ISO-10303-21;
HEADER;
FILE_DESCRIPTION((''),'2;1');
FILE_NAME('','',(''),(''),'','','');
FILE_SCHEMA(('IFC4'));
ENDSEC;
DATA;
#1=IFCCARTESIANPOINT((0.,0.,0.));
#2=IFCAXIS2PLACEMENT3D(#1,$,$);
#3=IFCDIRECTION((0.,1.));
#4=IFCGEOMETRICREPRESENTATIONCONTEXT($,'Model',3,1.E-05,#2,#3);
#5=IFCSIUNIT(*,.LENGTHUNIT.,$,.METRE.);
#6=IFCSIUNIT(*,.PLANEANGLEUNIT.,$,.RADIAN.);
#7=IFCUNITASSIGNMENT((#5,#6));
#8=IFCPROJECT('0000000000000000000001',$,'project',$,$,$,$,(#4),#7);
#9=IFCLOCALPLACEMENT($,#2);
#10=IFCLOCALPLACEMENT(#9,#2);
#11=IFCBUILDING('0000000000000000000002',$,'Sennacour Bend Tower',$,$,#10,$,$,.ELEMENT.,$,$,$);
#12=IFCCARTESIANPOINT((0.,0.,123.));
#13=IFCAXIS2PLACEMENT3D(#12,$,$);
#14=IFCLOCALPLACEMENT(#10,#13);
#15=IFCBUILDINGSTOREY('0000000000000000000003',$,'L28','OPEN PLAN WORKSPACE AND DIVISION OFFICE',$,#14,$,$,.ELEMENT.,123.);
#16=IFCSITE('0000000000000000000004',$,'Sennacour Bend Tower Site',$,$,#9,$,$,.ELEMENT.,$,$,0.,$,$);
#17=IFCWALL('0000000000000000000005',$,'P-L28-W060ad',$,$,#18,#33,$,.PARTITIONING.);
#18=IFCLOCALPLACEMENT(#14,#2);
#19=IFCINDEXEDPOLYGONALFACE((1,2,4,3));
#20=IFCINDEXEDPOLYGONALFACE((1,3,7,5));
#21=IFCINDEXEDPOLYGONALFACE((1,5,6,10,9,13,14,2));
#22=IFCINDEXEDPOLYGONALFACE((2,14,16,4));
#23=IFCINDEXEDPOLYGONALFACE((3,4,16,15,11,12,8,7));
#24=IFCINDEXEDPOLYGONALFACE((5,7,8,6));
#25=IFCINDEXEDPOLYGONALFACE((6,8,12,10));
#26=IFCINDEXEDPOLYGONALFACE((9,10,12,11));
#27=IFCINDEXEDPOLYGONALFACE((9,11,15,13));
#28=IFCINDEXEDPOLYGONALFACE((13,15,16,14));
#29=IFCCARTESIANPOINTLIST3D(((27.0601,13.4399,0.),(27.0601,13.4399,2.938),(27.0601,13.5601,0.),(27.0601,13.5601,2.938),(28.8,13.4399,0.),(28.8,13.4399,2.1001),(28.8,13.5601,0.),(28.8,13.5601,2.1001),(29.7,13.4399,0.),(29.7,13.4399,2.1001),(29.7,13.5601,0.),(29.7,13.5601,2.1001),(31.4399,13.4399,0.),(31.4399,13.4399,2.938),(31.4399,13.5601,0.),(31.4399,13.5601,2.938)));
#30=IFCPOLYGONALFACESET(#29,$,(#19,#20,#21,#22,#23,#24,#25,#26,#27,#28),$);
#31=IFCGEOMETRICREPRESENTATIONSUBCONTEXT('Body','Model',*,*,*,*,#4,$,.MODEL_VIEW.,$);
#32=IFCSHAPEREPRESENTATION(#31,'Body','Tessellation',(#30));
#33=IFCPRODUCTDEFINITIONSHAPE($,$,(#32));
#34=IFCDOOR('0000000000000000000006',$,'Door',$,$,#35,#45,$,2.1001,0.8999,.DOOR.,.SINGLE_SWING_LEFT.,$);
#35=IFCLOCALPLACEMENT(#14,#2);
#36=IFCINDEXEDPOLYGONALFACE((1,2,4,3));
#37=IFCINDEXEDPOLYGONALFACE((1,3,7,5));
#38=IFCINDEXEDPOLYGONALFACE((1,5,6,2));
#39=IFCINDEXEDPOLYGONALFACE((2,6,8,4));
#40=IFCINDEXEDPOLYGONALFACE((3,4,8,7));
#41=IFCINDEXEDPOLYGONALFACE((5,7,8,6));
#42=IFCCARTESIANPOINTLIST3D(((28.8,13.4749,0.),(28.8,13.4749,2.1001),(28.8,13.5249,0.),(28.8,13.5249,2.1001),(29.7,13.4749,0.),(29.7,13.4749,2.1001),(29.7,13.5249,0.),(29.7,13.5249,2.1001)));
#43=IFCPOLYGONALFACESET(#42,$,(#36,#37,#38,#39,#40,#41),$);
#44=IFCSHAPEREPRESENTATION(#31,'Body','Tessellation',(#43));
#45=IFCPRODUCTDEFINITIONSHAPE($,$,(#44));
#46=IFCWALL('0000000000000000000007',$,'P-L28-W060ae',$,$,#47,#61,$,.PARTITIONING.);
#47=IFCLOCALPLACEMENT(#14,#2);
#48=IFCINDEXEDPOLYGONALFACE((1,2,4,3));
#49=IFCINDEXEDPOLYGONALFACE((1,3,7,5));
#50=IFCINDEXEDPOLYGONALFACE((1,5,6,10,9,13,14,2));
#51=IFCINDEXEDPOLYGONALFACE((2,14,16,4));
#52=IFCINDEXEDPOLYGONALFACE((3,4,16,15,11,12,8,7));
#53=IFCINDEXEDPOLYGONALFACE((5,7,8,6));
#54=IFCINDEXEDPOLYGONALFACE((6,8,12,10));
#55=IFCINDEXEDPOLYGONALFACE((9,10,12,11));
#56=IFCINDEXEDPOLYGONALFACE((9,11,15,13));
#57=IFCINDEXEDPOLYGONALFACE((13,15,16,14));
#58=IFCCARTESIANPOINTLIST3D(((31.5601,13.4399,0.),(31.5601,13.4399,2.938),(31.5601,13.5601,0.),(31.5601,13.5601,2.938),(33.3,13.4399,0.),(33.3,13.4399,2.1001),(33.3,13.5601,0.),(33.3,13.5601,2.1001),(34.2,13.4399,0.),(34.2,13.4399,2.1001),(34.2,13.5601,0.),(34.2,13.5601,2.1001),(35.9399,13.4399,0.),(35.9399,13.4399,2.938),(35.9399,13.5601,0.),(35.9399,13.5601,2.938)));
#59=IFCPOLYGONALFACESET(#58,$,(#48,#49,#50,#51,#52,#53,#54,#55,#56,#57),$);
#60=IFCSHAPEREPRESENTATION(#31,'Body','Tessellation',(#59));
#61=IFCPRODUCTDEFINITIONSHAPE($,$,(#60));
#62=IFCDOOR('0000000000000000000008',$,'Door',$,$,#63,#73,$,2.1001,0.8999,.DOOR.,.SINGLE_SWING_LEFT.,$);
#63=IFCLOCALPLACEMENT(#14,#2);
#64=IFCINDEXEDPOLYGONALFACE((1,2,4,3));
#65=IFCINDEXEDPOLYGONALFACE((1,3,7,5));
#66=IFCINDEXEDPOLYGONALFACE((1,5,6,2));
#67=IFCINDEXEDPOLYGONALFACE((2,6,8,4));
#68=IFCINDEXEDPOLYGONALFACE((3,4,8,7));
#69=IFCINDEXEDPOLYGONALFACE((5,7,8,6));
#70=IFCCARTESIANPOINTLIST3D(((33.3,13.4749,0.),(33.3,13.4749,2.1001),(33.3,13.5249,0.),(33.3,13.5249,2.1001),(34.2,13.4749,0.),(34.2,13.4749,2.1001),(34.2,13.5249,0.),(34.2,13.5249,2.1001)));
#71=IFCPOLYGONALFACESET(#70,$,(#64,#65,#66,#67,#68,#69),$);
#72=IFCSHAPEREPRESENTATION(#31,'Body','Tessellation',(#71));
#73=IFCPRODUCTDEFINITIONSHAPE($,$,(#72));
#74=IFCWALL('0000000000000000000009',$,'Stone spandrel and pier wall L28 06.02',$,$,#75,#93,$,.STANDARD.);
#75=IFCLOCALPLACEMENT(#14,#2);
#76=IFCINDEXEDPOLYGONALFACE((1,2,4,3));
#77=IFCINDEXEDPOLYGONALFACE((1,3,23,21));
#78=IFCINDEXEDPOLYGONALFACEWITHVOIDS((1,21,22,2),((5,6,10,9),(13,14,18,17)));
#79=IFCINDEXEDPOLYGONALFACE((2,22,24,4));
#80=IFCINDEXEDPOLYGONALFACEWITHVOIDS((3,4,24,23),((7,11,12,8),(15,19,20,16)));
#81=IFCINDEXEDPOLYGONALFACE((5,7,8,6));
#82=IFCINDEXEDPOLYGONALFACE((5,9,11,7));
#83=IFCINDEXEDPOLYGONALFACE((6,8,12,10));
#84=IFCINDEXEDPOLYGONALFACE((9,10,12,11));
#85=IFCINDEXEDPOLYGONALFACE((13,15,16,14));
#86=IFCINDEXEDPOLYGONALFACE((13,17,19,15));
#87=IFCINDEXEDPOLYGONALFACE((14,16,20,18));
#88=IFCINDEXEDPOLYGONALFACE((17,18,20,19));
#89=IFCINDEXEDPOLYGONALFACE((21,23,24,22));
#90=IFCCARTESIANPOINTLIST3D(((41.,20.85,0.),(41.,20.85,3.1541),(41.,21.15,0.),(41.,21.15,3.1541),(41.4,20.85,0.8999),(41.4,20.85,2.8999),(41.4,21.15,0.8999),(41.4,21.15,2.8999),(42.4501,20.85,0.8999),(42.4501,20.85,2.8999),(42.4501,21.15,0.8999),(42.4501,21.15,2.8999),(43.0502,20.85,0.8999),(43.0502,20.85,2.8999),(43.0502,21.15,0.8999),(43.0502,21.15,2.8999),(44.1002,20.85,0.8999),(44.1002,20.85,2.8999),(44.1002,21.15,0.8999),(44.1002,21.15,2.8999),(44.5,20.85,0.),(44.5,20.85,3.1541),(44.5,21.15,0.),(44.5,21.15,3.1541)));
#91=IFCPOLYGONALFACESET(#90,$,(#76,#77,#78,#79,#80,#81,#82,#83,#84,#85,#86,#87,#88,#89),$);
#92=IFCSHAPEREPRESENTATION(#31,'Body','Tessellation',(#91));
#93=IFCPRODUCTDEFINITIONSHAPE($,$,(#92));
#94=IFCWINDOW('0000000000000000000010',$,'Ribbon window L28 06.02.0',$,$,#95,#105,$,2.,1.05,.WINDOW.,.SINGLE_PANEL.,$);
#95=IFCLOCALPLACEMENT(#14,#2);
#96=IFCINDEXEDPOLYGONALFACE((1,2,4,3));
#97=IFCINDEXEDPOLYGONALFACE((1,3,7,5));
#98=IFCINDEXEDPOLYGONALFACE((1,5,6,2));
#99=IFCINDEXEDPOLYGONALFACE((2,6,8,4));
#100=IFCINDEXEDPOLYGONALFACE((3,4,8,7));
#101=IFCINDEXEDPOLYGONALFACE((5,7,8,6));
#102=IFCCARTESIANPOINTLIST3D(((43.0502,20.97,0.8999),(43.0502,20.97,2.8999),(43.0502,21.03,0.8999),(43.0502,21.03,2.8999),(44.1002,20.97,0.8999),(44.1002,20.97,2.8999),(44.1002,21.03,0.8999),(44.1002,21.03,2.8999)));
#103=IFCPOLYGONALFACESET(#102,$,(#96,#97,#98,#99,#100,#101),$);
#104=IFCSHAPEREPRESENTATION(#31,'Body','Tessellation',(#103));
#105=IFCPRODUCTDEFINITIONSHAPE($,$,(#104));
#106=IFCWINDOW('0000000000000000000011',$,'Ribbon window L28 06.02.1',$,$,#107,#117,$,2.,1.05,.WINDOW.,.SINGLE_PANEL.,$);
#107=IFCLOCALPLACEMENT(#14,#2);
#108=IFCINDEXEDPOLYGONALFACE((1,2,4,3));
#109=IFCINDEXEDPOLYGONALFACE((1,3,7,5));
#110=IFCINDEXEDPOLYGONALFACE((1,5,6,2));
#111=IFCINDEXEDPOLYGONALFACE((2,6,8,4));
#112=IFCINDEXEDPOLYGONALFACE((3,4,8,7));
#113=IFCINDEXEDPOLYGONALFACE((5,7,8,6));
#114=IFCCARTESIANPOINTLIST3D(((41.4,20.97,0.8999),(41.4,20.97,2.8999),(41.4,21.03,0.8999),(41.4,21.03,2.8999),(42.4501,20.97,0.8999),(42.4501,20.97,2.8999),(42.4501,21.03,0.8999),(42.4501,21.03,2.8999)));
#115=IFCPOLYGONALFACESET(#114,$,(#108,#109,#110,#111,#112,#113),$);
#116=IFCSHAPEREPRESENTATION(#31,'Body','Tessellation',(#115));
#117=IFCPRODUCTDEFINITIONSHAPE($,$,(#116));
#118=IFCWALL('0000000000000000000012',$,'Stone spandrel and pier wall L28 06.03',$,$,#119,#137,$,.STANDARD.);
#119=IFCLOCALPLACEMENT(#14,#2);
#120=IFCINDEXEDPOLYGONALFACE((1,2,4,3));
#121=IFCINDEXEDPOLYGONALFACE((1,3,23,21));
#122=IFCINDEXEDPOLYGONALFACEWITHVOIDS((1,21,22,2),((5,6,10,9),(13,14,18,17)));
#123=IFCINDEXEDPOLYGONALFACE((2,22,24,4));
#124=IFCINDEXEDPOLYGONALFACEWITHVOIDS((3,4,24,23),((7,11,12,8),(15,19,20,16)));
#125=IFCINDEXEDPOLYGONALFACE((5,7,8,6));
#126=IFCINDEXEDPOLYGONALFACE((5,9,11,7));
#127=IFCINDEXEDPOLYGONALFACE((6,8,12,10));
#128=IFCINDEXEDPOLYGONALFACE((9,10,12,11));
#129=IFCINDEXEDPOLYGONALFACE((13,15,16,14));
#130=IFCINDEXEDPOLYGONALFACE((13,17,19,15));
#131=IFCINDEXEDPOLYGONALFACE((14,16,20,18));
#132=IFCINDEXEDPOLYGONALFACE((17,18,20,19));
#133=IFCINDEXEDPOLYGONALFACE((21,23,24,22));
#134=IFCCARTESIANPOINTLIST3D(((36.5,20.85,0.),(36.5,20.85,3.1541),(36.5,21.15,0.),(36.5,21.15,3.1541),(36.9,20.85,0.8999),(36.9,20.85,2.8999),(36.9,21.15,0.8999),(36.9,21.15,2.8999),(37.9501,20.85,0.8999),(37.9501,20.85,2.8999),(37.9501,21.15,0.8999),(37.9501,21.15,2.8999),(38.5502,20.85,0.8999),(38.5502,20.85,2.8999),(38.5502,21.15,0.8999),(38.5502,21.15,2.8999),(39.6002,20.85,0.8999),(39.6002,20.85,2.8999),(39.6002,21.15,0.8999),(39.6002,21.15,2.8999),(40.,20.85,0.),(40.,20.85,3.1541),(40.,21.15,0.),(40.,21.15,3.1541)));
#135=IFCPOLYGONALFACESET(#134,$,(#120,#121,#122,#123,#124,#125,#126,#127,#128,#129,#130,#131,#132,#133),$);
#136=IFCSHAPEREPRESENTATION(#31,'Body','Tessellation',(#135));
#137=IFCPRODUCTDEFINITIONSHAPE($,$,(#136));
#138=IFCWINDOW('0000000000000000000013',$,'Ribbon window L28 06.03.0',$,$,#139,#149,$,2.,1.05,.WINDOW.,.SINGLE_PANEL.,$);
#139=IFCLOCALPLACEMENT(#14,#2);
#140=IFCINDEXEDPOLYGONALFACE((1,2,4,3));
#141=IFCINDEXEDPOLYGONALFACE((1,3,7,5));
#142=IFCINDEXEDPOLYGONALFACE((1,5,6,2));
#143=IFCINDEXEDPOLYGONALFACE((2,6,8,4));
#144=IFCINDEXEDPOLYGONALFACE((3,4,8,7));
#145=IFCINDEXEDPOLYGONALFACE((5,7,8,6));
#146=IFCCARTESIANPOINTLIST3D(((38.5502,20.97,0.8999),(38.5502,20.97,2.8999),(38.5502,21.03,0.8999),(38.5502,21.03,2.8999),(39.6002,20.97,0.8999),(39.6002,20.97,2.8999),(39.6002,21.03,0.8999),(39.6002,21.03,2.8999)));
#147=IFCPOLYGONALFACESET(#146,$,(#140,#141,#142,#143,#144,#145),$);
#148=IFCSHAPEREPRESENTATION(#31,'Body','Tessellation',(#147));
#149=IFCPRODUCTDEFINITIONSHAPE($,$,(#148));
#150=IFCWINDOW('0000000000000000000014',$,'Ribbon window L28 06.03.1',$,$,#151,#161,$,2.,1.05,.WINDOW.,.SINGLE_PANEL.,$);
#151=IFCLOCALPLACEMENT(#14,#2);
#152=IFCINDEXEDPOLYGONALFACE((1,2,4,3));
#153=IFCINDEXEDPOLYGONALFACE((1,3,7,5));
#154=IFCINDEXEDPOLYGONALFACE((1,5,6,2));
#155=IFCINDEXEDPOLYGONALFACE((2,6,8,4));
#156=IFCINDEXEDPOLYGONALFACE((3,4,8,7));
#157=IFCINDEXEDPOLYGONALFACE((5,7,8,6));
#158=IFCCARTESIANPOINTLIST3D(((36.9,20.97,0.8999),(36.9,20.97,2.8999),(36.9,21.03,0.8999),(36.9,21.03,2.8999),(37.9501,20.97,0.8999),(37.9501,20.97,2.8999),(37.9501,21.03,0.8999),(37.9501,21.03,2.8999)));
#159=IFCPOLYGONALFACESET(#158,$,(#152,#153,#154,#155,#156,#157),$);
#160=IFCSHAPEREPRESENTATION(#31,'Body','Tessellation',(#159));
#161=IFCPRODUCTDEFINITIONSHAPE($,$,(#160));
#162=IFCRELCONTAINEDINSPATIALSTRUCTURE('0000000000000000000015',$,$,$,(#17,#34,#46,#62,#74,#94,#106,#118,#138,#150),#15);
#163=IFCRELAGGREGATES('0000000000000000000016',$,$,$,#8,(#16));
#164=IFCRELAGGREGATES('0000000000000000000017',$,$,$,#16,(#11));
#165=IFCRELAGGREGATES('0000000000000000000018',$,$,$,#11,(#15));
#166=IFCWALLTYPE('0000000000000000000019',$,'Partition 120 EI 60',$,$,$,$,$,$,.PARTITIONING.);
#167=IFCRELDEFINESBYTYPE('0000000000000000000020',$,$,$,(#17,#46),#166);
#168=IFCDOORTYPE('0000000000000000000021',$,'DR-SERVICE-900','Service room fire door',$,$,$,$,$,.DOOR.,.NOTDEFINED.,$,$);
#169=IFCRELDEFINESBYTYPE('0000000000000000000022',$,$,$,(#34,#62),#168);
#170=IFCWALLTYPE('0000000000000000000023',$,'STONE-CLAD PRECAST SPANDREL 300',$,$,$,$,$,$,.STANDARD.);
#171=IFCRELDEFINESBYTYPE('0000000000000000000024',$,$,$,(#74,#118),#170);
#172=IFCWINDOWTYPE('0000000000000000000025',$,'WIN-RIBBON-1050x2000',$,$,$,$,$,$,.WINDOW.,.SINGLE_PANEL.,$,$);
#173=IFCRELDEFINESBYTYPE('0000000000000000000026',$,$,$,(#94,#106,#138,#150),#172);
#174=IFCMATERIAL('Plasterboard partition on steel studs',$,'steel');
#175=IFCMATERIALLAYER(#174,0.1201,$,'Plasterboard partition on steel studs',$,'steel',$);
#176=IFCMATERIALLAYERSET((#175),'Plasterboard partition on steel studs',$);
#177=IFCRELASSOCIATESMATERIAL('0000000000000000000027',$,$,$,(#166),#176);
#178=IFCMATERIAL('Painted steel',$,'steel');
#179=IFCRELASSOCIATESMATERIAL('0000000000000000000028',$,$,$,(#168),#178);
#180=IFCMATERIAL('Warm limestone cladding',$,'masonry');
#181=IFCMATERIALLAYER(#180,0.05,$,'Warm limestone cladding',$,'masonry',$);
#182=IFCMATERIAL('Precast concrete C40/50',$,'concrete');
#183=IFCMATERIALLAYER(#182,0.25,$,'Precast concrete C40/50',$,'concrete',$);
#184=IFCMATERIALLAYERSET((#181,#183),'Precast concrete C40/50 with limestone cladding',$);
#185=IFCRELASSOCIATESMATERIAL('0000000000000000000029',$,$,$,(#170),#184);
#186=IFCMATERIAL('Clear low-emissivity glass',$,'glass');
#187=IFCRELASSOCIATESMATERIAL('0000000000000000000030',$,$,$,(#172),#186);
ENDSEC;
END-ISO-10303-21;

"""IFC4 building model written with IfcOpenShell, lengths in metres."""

from ifc_helpers import new_model, si_unit, direction, frame, frame_2d, origin, place, context, subcontext, project, spatial, rectangle, extrude, material, layer, layer_set, type_object, element, fill, save


model = new_model("IFC4")

# Units and contexts
model_context = context("Model", 3, precision=1e-05, world=origin(), true_north=direction((0.0, 1.0)))
body_context = subcontext(model_context, "Body", "Model", "MODEL_VIEW")
ifc_project = project(units=[si_unit("LENGTHUNIT", "METRE"), si_unit("PLANEANGLEUNIT", "RADIAN")], contexts=[model_context])

# Site, building, storey
site_placement = place(None, origin())
site = spatial("IfcSite", under=ifc_project, at=site_placement, Name="Sennacour Bend Tower Site", CompositionType="ELEMENT", RefElevation=0.0)
building_placement = place(site_placement, origin())
building = spatial("IfcBuilding", under=site, at=building_placement, Name="Sennacour Bend Tower", CompositionType="ELEMENT")
storey_placement = place(building_placement, frame((0.0, 0.0, 123.0)))
storey = spatial("IfcBuildingStorey", under=building, at=storey_placement, Name="L28", Description="OPEN PLAN WORKSPACE AND DIVISION OFFICE", CompositionType="ELEMENT", Elevation=123.0)

# Shared definitions
ifc_material_1 = material(Name="Plasterboard partition on steel studs", Category="steel")

# Walls, openings, doors
ifc_layer_1 = layer(ifc_material_1, 0.1201, Name="Plasterboard partition on steel studs", Category="steel")
ifc_layer_set_1 = layer_set([ifc_layer_1], Name="Plasterboard partition on steel studs")
wall_type_1 = type_object("IfcWallType", Name="Partition 120 EI 60", PredefinedType="PARTITIONING", material=ifc_layer_set_1)
wall_1_placement = place(storey_placement, frame((27.0601, 13.5, 0.0), z_axis=(0.0, 0.0, 1.0), x_axis=(1.0, 0.0, 0.0)))
wall_1 = element("IfcWall", 1, at=wall_1_placement, inside=storey, type_object=wall_type_1, Name="P-L28-W060ad", PredefinedType="PARTITIONING", context=body_context, shape_type="SweptSolid", body=[
    extrude(rectangle(XDim=4.3799, YDim=0.1201, at=frame_2d((2.1899, 0.0))), origin(), (0.0, 0.0, 1.0), 2.938),
])
opening_1_placement = place(wall_1_placement, frame((1.74, 0.0, 0.0)))
opening_1 = element("IfcOpeningElement", 2, at=opening_1_placement, cuts=wall_1, PredefinedType="OPENING", context=body_context, shape_type="SweptSolid", body=[
    extrude(rectangle(XDim=0.8999, YDim=2.1001, at=frame_2d((0.45, 1.05))), frame((0.0, 0.0701, 0.0), z_axis=(0.0, -1.0, 0.0), x_axis=(1.0, 0.0, 0.0)), (0.0, 0.0, 1.0), 0.1401),
])
ifc_material_2 = material(Name="Painted steel", Category="steel")
door_type_1 = type_object("IfcDoorType", Name="DR-SERVICE-900", Description="Service room fire door", OperationType="NOTDEFINED", PredefinedType="DOOR", material=ifc_material_2)
door_1_placement = place(opening_1_placement, origin())
door_1 = element("IfcDoor", 3, at=door_1_placement, inside=storey, type_object=door_type_1, Name="Door", OperationType="SINGLE_SWING_LEFT", OverallHeight=2.1001, OverallWidth=0.8999, PredefinedType="DOOR", context=body_context, shape_type="SweptSolid", body=[
    extrude(rectangle(XDim=0.8999, YDim=2.1001, at=frame_2d((0.45, 1.05))), frame((0.0, 0.0249, 0.0), z_axis=(0.0, -1.0, 0.0), x_axis=(1.0, 0.0, 0.0)), (0.0, 0.0, 1.0), 0.05),
])
fill(opening_1, door_1)
wall_2_placement = place(storey_placement, frame((31.5601, 13.5, 0.0), z_axis=(0.0, 0.0, 1.0), x_axis=(1.0, 0.0, 0.0)))
wall_2 = element("IfcWall", 4, at=wall_2_placement, inside=storey, type_object=wall_type_1, Name="P-L28-W060ae", PredefinedType="PARTITIONING", context=body_context, shape_type="SweptSolid", body=[
    extrude(rectangle(XDim=4.3799, YDim=0.1201, at=frame_2d((2.1899, 0.0))), origin(), (0.0, 0.0, 1.0), 2.938),
])
opening_2_placement = place(wall_2_placement, frame((1.74, 0.0, 0.0)))
opening_2 = element("IfcOpeningElement", 5, at=opening_2_placement, cuts=wall_2, PredefinedType="OPENING", context=body_context, shape_type="SweptSolid", body=[
    extrude(rectangle(XDim=0.8999, YDim=2.1001, at=frame_2d((0.45, 1.05))), frame((0.0, 0.0701, 0.0), z_axis=(0.0, -1.0, 0.0), x_axis=(1.0, 0.0, 0.0)), (0.0, 0.0, 1.0), 0.1401),
])
door_2_placement = place(opening_2_placement, origin())
door_2 = element("IfcDoor", 6, at=door_2_placement, inside=storey, type_object=door_type_1, Name="Door", OperationType="SINGLE_SWING_LEFT", OverallHeight=2.1001, OverallWidth=0.8999, PredefinedType="DOOR", context=body_context, shape_type="SweptSolid", body=[
    extrude(rectangle(XDim=0.8999, YDim=2.1001, at=frame_2d((0.45, 1.05))), frame((0.0, 0.0249, 0.0), z_axis=(0.0, -1.0, 0.0), x_axis=(1.0, 0.0, 0.0)), (0.0, 0.0, 1.0), 0.05),
])
fill(opening_2, door_2)

# Walls, openings, windows
ifc_material_3 = material(Name="Warm limestone cladding", Category="masonry")
ifc_layer_2 = layer(ifc_material_3, 0.05, Name="Warm limestone cladding", Category="masonry")
ifc_material_4 = material(Name="Precast concrete C40/50", Category="concrete")
ifc_layer_3 = layer(ifc_material_4, 0.25, Name="Precast concrete C40/50", Category="concrete")
ifc_layer_set_2 = layer_set([ifc_layer_2, ifc_layer_3], Name="Precast concrete C40/50 with limestone cladding")
wall_type_2 = type_object("IfcWallType", Name="STONE-CLAD PRECAST SPANDREL 300", PredefinedType="STANDARD", material=ifc_layer_set_2)
wall_3_placement = place(storey_placement, frame((44.5, 21.0, 0.0), z_axis=(0.0, 0.0, 1.0), x_axis=(-1.0, 0.0, 0.0)))
wall_3 = element("IfcWall", 7, at=wall_3_placement, inside=storey, type_object=wall_type_2, Name="Stone spandrel and pier wall L28 06.02", PredefinedType="STANDARD", context=body_context, shape_type="SweptSolid", body=[
    extrude(rectangle(XDim=3.5, YDim=0.3, at=frame_2d((1.75, 0.0))), origin(), (0.0, 0.0, 1.0), 3.1541),
])
opening_3_placement = place(wall_3_placement, frame((0.3999, 0.0, 0.8999)))
opening_3 = element("IfcOpeningElement", 8, at=opening_3_placement, cuts=wall_3, PredefinedType="OPENING", context=body_context, shape_type="SweptSolid", body=[
    extrude(rectangle(XDim=1.05, YDim=2.0, at=frame_2d((0.5249, 1.0))), frame((0.0, 0.1602, 0.0), z_axis=(0.0, -1.0, 0.0), x_axis=(1.0, 0.0, 0.0)), (0.0, 0.0, 1.0), 0.3201),
])
opening_4_placement = place(wall_3_placement, frame((2.05, 0.0, 0.8999)))
opening_4 = element("IfcOpeningElement", 9, at=opening_4_placement, cuts=wall_3, PredefinedType="OPENING", context=body_context, shape_type="SweptSolid", body=[
    extrude(rectangle(XDim=1.05, YDim=2.0, at=frame_2d((0.5249, 1.0))), frame((0.0, 0.1602, 0.0), z_axis=(0.0, -1.0, 0.0), x_axis=(1.0, 0.0, 0.0)), (0.0, 0.0, 1.0), 0.3201),
])
ifc_material_5 = material(Name="Clear low-emissivity glass", Category="glass")
window_type_1 = type_object("IfcWindowType", Name="WIN-RIBBON-1050x2000", PartitioningType="SINGLE_PANEL", PredefinedType="WINDOW", material=ifc_material_5)
window_1_placement = place(opening_3_placement, origin())
window_1 = element("IfcWindow", 10, at=window_1_placement, inside=storey, type_object=window_type_1, Name="Ribbon window L28 06.02.0", OverallHeight=2.0, OverallWidth=1.05, PartitioningType="SINGLE_PANEL", PredefinedType="WINDOW", context=body_context, shape_type="SweptSolid", body=[
    extrude(rectangle(XDim=1.05, YDim=2.0, at=frame_2d((0.5249, 1.0))), frame((0.0, 0.03, 0.0), z_axis=(0.0, -1.0, 0.0), x_axis=(1.0, 0.0, 0.0)), (0.0, 0.0, 1.0), 0.0601),
])
fill(opening_3, window_1)
window_2_placement = place(opening_4_placement, origin())
window_2 = element("IfcWindow", 11, at=window_2_placement, inside=storey, type_object=window_type_1, Name="Ribbon window L28 06.02.1", OverallHeight=2.0, OverallWidth=1.05, PartitioningType="SINGLE_PANEL", PredefinedType="WINDOW", context=body_context, shape_type="SweptSolid", body=[
    extrude(rectangle(XDim=1.05, YDim=2.0, at=frame_2d((0.5249, 1.0))), frame((0.0, 0.03, 0.0), z_axis=(0.0, -1.0, 0.0), x_axis=(1.0, 0.0, 0.0)), (0.0, 0.0, 1.0), 0.0601),
])
fill(opening_4, window_2)
wall_4_placement = place(storey_placement, frame((40.0, 21.0, 0.0), z_axis=(0.0, 0.0, 1.0), x_axis=(-1.0, 0.0, 0.0)))
wall_4 = element("IfcWall", 12, at=wall_4_placement, inside=storey, type_object=wall_type_2, Name="Stone spandrel and pier wall L28 06.03", PredefinedType="STANDARD", context=body_context, shape_type="SweptSolid", body=[
    extrude(rectangle(XDim=3.5, YDim=0.3, at=frame_2d((1.75, 0.0))), origin(), (0.0, 0.0, 1.0), 3.1541),
])
opening_5_placement = place(wall_4_placement, frame((0.3999, 0.0, 0.8999)))
opening_5 = element("IfcOpeningElement", 13, at=opening_5_placement, cuts=wall_4, PredefinedType="OPENING", context=body_context, shape_type="SweptSolid", body=[
    extrude(rectangle(XDim=1.05, YDim=2.0, at=frame_2d((0.5249, 1.0))), frame((0.0, 0.1602, 0.0), z_axis=(0.0, -1.0, 0.0), x_axis=(1.0, 0.0, 0.0)), (0.0, 0.0, 1.0), 0.3201),
])
opening_6_placement = place(wall_4_placement, frame((2.05, 0.0, 0.8999)))
opening_6 = element("IfcOpeningElement", 14, at=opening_6_placement, cuts=wall_4, PredefinedType="OPENING", context=body_context, shape_type="SweptSolid", body=[
    extrude(rectangle(XDim=1.05, YDim=2.0, at=frame_2d((0.5249, 1.0))), frame((0.0, 0.1602, 0.0), z_axis=(0.0, -1.0, 0.0), x_axis=(1.0, 0.0, 0.0)), (0.0, 0.0, 1.0), 0.3201),
])
window_3_placement = place(opening_5_placement, origin())
window_3 = element("IfcWindow", 15, at=window_3_placement, inside=storey, type_object=window_type_1, Name="Ribbon window L28 06.03.0", OverallHeight=2.0, OverallWidth=1.05, PartitioningType="SINGLE_PANEL", PredefinedType="WINDOW", context=body_context, shape_type="SweptSolid", body=[
    extrude(rectangle(XDim=1.05, YDim=2.0, at=frame_2d((0.5249, 1.0))), frame((0.0, 0.03, 0.0), z_axis=(0.0, -1.0, 0.0), x_axis=(1.0, 0.0, 0.0)), (0.0, 0.0, 1.0), 0.0601),
])
fill(opening_5, window_3)
window_4_placement = place(opening_6_placement, origin())
window_4 = element("IfcWindow", 16, at=window_4_placement, inside=storey, type_object=window_type_1, Name="Ribbon window L28 06.03.1", OverallHeight=2.0, OverallWidth=1.05, PartitioningType="SINGLE_PANEL", PredefinedType="WINDOW", context=body_context, shape_type="SweptSolid", body=[
    extrude(rectangle(XDim=1.05, YDim=2.0, at=frame_2d((0.5249, 1.0))), frame((0.0, 0.03, 0.0), z_axis=(0.0, -1.0, 0.0), x_axis=(1.0, 0.0, 0.0)), (0.0, 0.0, 1.0), 0.0601),
])
fill(opening_6, window_4)

save(model, "model.ifc")
